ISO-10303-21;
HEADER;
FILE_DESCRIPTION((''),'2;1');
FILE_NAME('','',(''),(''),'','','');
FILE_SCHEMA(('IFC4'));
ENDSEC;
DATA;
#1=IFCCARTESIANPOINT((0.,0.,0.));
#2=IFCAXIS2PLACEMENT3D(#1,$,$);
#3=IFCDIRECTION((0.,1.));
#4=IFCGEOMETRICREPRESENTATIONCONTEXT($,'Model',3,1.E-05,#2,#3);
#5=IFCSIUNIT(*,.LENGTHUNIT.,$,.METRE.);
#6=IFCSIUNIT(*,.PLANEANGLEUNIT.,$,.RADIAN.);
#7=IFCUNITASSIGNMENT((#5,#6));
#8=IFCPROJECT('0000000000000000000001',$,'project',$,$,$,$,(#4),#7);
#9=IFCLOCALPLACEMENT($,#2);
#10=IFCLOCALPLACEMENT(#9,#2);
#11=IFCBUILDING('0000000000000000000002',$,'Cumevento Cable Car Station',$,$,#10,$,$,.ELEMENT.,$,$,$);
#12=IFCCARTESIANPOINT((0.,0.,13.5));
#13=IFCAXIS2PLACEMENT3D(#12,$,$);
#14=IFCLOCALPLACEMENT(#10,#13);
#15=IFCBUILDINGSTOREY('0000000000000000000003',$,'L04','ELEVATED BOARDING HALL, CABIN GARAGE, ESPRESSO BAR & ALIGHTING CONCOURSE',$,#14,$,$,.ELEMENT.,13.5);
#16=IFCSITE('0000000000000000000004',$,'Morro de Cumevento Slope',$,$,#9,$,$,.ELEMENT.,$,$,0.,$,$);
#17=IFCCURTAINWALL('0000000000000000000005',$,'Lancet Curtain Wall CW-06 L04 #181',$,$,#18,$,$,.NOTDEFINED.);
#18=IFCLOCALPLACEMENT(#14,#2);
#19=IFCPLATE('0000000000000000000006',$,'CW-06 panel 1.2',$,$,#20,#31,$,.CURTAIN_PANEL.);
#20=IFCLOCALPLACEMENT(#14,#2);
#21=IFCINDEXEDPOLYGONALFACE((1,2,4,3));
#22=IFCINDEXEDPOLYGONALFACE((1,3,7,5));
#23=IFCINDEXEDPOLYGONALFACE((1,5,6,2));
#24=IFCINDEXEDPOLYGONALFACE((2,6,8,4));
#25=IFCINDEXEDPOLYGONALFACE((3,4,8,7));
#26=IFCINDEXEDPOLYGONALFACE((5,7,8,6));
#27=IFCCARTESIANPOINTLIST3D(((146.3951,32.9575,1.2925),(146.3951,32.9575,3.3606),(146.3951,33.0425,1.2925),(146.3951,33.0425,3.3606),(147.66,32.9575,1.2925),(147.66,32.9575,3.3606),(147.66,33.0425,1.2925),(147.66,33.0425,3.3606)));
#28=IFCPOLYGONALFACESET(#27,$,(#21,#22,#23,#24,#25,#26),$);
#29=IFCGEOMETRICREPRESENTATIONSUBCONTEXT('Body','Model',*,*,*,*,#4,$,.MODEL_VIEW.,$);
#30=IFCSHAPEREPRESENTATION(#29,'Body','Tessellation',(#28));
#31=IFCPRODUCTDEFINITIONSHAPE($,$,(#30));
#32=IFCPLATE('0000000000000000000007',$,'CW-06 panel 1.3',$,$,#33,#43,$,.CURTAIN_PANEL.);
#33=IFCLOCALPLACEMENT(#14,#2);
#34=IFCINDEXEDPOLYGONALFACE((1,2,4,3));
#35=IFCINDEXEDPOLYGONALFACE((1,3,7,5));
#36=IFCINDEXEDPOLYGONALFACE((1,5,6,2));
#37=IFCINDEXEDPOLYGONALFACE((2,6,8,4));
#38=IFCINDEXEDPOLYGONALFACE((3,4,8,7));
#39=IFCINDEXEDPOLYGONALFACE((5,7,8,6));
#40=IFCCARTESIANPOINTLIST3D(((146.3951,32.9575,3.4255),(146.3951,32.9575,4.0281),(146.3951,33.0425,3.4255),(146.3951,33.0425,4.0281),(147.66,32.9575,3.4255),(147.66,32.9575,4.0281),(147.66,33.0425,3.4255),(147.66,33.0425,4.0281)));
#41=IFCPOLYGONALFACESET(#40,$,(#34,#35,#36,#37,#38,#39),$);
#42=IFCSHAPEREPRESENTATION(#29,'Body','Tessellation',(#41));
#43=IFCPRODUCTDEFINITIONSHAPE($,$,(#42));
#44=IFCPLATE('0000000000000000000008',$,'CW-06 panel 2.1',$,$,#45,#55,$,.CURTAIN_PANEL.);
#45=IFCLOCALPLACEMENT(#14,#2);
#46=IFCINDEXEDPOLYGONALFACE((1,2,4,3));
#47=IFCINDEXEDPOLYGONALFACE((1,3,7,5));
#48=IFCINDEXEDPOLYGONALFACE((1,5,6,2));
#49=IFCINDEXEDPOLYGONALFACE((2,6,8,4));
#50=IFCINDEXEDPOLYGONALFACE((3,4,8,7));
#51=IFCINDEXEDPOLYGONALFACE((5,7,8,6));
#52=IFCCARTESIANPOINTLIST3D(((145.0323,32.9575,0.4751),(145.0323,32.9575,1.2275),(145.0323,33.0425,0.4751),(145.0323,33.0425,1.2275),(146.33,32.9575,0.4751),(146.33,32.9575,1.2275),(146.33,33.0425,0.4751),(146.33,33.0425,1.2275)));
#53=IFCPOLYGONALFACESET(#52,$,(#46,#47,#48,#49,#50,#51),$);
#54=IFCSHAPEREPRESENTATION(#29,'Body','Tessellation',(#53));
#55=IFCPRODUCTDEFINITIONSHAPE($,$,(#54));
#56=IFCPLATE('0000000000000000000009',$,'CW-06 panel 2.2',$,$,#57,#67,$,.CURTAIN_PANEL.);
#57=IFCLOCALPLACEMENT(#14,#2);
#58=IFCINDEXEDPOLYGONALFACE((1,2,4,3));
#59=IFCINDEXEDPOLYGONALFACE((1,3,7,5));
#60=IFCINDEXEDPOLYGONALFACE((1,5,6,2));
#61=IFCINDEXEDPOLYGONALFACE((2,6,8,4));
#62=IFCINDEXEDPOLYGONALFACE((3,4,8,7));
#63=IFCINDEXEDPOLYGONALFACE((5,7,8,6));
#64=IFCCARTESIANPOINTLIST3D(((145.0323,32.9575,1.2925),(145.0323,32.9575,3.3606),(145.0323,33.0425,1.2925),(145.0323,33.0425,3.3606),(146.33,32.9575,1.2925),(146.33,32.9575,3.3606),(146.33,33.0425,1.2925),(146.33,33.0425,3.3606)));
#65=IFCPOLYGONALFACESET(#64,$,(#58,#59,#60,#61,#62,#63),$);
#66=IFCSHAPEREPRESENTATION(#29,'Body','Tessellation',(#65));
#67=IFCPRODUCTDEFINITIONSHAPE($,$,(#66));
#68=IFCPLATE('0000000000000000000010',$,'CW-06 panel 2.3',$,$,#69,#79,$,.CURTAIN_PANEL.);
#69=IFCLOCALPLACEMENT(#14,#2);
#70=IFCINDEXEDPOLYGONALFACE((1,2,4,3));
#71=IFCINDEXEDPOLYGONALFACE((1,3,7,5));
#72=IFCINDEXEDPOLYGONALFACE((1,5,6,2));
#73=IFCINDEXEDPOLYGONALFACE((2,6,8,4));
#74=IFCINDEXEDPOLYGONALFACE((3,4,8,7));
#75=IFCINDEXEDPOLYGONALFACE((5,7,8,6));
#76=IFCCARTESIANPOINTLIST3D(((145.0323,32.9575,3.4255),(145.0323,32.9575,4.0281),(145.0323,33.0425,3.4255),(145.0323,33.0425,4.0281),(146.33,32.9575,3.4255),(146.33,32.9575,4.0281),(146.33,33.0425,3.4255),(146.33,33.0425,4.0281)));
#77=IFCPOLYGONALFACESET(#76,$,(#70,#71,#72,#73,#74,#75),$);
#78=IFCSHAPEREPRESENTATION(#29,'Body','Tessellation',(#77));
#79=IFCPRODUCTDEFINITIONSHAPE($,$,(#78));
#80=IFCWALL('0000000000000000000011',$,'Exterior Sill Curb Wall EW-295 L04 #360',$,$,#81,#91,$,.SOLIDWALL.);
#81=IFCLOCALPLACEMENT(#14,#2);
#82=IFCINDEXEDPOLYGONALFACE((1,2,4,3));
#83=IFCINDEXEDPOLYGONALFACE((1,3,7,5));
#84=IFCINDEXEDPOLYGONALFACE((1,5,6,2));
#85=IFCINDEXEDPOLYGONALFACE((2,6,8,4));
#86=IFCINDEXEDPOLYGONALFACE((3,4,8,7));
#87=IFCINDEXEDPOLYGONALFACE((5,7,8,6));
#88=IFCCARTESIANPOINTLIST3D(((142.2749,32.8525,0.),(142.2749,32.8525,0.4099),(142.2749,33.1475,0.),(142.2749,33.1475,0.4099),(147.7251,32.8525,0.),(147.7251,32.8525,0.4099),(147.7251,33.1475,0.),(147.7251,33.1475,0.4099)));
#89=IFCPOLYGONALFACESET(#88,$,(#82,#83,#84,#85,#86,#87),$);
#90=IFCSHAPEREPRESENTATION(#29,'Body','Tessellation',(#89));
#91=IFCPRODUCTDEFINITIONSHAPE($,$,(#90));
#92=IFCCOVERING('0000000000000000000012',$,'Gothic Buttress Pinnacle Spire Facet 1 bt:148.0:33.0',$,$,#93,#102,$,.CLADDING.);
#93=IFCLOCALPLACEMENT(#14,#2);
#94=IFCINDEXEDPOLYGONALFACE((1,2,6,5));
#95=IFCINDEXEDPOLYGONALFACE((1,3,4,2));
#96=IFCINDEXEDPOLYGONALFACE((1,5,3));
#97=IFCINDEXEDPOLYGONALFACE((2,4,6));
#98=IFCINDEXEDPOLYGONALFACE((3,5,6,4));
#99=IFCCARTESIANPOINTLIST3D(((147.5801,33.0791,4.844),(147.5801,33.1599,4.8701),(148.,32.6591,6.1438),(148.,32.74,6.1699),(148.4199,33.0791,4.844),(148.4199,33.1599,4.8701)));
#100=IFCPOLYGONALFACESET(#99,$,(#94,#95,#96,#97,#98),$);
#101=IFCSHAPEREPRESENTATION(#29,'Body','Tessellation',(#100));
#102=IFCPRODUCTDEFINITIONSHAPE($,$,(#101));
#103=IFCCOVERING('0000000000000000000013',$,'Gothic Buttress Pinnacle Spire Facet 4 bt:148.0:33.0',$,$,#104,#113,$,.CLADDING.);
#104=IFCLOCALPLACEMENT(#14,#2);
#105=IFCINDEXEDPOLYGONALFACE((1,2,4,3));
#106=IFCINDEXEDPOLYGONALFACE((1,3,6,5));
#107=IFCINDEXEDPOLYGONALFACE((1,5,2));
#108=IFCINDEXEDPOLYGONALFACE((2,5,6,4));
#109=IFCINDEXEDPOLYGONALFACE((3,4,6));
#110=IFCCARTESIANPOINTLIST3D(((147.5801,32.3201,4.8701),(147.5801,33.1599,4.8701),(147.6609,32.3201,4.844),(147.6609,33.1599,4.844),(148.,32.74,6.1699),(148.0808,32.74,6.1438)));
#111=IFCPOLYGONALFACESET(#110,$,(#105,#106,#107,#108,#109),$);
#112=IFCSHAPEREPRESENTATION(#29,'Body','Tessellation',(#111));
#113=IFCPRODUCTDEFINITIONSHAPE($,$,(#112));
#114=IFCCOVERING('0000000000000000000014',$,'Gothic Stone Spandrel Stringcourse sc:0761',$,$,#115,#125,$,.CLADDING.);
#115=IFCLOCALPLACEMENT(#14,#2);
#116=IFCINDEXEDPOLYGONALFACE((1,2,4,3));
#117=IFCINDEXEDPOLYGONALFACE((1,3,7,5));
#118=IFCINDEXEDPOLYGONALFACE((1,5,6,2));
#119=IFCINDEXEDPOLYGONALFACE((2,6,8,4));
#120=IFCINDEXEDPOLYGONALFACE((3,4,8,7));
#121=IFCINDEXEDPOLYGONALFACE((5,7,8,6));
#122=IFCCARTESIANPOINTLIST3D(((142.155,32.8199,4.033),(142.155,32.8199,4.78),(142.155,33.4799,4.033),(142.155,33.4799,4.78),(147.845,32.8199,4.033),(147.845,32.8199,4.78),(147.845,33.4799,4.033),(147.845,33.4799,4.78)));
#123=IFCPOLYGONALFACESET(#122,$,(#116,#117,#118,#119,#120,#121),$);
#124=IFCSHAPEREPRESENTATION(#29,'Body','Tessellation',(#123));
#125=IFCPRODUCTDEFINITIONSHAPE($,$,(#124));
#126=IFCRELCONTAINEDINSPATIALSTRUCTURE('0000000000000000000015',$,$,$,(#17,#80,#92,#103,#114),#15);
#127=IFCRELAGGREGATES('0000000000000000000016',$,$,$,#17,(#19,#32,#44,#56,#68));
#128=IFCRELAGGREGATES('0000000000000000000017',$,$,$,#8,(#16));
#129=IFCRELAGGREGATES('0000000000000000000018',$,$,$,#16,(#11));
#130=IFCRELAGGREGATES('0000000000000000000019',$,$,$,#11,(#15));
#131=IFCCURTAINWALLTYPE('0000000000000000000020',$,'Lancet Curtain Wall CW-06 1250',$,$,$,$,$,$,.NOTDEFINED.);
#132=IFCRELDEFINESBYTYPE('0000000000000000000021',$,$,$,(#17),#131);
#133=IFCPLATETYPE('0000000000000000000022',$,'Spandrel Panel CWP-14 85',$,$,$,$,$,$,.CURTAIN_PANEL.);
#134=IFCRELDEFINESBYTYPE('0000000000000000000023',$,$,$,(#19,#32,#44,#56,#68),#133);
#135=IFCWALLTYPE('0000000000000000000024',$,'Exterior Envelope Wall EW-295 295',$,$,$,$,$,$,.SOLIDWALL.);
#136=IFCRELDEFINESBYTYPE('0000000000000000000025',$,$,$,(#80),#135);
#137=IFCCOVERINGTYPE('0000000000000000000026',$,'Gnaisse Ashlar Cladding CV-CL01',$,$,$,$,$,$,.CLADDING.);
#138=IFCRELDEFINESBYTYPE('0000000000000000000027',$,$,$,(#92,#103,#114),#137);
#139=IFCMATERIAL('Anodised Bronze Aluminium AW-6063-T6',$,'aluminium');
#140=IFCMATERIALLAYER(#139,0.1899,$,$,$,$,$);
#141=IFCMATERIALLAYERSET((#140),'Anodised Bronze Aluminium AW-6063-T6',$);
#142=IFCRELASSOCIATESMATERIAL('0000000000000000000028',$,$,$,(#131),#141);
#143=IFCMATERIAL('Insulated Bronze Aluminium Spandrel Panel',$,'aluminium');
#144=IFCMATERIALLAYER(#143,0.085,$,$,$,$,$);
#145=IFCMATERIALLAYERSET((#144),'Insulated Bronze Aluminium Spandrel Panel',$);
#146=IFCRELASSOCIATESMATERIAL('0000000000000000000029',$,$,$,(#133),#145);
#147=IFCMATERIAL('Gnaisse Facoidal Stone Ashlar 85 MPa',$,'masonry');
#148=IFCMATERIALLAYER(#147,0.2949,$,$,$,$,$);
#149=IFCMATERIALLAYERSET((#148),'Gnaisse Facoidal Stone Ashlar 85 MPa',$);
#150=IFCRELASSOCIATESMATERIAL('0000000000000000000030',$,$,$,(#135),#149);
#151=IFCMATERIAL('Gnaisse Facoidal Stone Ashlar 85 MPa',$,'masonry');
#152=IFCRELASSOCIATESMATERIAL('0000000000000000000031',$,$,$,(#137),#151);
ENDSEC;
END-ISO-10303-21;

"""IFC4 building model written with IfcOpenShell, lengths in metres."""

from ifc_helpers import new_model, si_unit, direction, frame, frame_2d, origin, origin_2d, place, context, subcontext, project, spatial, polyline, rectangle, outline, extrude, material, layer, layer_set, type_object, element, aggregate, save


model = new_model("IFC4")

# Units and contexts
model_context = context("Model", 3, precision=1e-05, world=origin(), true_north=direction((0.0, 1.0)))
body_context = subcontext(model_context, "Body", "Model", "MODEL_VIEW")
ifc_project = project(units=[si_unit("LENGTHUNIT", "METRE"), si_unit("PLANEANGLEUNIT", "RADIAN")], contexts=[model_context])

# Site, building, storey
site_placement = place(None, origin())
site = spatial("IfcSite", under=ifc_project, at=site_placement, Name="Morro de Cumevento Slope", CompositionType="ELEMENT", RefElevation=0.0)
building_placement = place(site_placement, origin())
building = spatial("IfcBuilding", under=site, at=building_placement, Name="Cumevento Cable Car Station", CompositionType="ELEMENT")
storey_placement = place(building_placement, frame((0.0, 0.0, 13.5)))
storey = spatial("IfcBuildingStorey", under=building, at=storey_placement, Name="L04", Description="ELEVATED BOARDING HALL, CABIN GARAGE, ESPRESSO BAR & ALIGHTING CONCOURSE", CompositionType="ELEMENT", Elevation=13.5)

# Curtain wall, plates
ifc_material_1 = material(Name="Anodised Bronze Aluminium AW-6063-T6", Category="aluminium")
ifc_layer_1 = layer(ifc_material_1, 0.1899)
ifc_layer_set_1 = layer_set([ifc_layer_1], Name="Anodised Bronze Aluminium AW-6063-T6")
curtain_wall_type = type_object("IfcCurtainWallType", Name="Lancet Curtain Wall CW-06 1250", PredefinedType="NOTDEFINED", material=ifc_layer_set_1)
curtain_wall_placement = place(storey_placement, origin())
curtain_wall = element("IfcCurtainWall", 1, at=curtain_wall_placement, inside=storey, type_object=curtain_wall_type, Name="Lancet Curtain Wall CW-06 L04 #181", PredefinedType="NOTDEFINED")
ifc_material_2 = material(Name="Insulated Bronze Aluminium Spandrel Panel", Category="aluminium")
ifc_layer_2 = layer(ifc_material_2, 0.085)
ifc_layer_set_2 = layer_set([ifc_layer_2], Name="Insulated Bronze Aluminium Spandrel Panel")
plate_type = type_object("IfcPlateType", Name="Spandrel Panel CWP-14 85", PredefinedType="CURTAIN_PANEL", material=ifc_layer_set_2)
plate_1_placement = place(storey_placement, frame((147.0276, 33.0, 1.2925), z_axis=(0.0, 0.0, 1.0), x_axis=(-1.0, 0.0, 0.0)))
plate_1 = element("IfcPlate", 2, at=plate_1_placement, type_object=plate_type, Name="CW-06 panel 1.2", PredefinedType="CURTAIN_PANEL", context=body_context, shape_type="SweptSolid", body=[
    extrude(rectangle(XDim=1.2649, YDim=0.085, at=origin_2d()), origin(), (0.0, 0.0, 1.0), 2.0681),
])
plate_2_placement = place(storey_placement, frame((147.0276, 33.0, 3.4255), z_axis=(0.0, 0.0, 1.0), x_axis=(-1.0, 0.0, 0.0)))
plate_2 = element("IfcPlate", 3, at=plate_2_placement, type_object=plate_type, Name="CW-06 panel 1.3", PredefinedType="CURTAIN_PANEL", context=body_context, shape_type="SweptSolid", body=[
    extrude(rectangle(XDim=1.2649, YDim=0.085, at=origin_2d()), origin(), (0.0, 0.0, 1.0), 0.6025),
])
plate_3_placement = place(storey_placement, frame((145.6812, 33.0, 0.4751), z_axis=(0.0, 0.0, 1.0), x_axis=(-1.0, 0.0, 0.0)))
plate_3 = element("IfcPlate", 4, at=plate_3_placement, type_object=plate_type, Name="CW-06 panel 2.1", PredefinedType="CURTAIN_PANEL", context=body_context, shape_type="SweptSolid", body=[
    extrude(rectangle(XDim=1.2976, YDim=0.085, at=origin_2d()), origin(), (0.0, 0.0, 1.0), 0.7524),
])
plate_4_placement = place(storey_placement, frame((145.6812, 33.0, 1.2925), z_axis=(0.0, 0.0, 1.0), x_axis=(-1.0, 0.0, 0.0)))
plate_4 = element("IfcPlate", 5, at=plate_4_placement, type_object=plate_type, Name="CW-06 panel 2.2", PredefinedType="CURTAIN_PANEL", context=body_context, shape_type="SweptSolid", body=[
    extrude(rectangle(XDim=1.2976, YDim=0.085, at=origin_2d()), origin(), (0.0, 0.0, 1.0), 2.0681),
])
plate_5_placement = place(storey_placement, frame((145.6812, 33.0, 3.4255), z_axis=(0.0, 0.0, 1.0), x_axis=(-1.0, 0.0, 0.0)))
plate_5 = element("IfcPlate", 6, at=plate_5_placement, type_object=plate_type, Name="CW-06 panel 2.3", PredefinedType="CURTAIN_PANEL", context=body_context, shape_type="SweptSolid", body=[
    extrude(rectangle(XDim=1.2976, YDim=0.085, at=origin_2d()), origin(), (0.0, 0.0, 1.0), 0.6025),
])
aggregate(curtain_wall, [plate_1, plate_2, plate_3, plate_4, plate_5])

# Wall
ifc_material_3 = material(Name="Gnaisse Facoidal Stone Ashlar 85 MPa", Category="masonry")
ifc_layer_3 = layer(ifc_material_3, 0.2949)
ifc_layer_set_3 = layer_set([ifc_layer_3], Name="Gnaisse Facoidal Stone Ashlar 85 MPa")
wall_type = type_object("IfcWallType", Name="Exterior Envelope Wall EW-295 295", PredefinedType="SOLIDWALL", material=ifc_layer_set_3)
wall_placement = place(storey_placement, frame((147.7251, 33.0, 0.0), z_axis=(0.0, 0.0, 1.0), x_axis=(-1.0, 0.0, 0.0)))
element("IfcWall", 7, at=wall_placement, inside=storey, type_object=wall_type, Name="Exterior Sill Curb Wall EW-295 L04 #360", PredefinedType="SOLIDWALL", context=body_context, shape_type="SweptSolid", body=[
    extrude(rectangle(XDim=5.4502, YDim=0.2949, at=frame_2d((2.7251, 0.0))), origin(), (0.0, 0.0, 1.0), 0.4099),
])

# Coverings
ifc_material_4 = material(Name="Gnaisse Facoidal Stone Ashlar 85 MPa", Category="masonry")
covering_type = type_object("IfcCoveringType", Name="Gnaisse Ashlar Cladding CV-CL01", PredefinedType="CLADDING", material=ifc_material_4)
for number, where, z_axis, x_axis, name in (
    (8, (147.5801, 33.1599, 4.8701), (0.0, 0.951574, 0.307421), (1.0, 0.0, 0.0), "Gothic Buttress Pinnacle Spire Facet 1 bt:148.0:33.0"),
    (9, (147.5801, 32.3201, 4.8701), (-0.951574, 0.0, 0.307421), (0.0, 1.0, 0.0), "Gothic Buttress Pinnacle Spire Facet 4 bt:148.0:33.0"),
):
    element("IfcCovering", number, at=place(storey_placement, frame(where, z_axis=z_axis, x_axis=x_axis)), inside=storey, type_object=covering_type, Name=name, PredefinedType="CLADDING", context=body_context, shape_type="SweptSolid", body=[
        extrude(outline(polyline([(0.0, 0.0), (0.8398, 0.0), (0.4199, -1.366), (0.0, 0.0)])), origin(), (0.0, 0.0, -1.0), 0.085),
    ])
covering_1_placement = place(storey_placement, frame((145.0, 33.1499, 4.033), z_axis=(0.0, 0.0, 1.0), x_axis=(-1.0, 0.0, 0.0)))
element("IfcCovering", 10, at=covering_1_placement, inside=storey, type_object=covering_type, Name="Gothic Stone Spandrel Stringcourse sc:0761", PredefinedType="CLADDING", context=body_context, shape_type="SweptSolid", body=[
    extrude(rectangle(XDim=5.6899, YDim=0.6599, at=origin_2d()), origin(), (0.0, 0.0, 1.0), 0.7471),
])

save(model, "model.ifc")
